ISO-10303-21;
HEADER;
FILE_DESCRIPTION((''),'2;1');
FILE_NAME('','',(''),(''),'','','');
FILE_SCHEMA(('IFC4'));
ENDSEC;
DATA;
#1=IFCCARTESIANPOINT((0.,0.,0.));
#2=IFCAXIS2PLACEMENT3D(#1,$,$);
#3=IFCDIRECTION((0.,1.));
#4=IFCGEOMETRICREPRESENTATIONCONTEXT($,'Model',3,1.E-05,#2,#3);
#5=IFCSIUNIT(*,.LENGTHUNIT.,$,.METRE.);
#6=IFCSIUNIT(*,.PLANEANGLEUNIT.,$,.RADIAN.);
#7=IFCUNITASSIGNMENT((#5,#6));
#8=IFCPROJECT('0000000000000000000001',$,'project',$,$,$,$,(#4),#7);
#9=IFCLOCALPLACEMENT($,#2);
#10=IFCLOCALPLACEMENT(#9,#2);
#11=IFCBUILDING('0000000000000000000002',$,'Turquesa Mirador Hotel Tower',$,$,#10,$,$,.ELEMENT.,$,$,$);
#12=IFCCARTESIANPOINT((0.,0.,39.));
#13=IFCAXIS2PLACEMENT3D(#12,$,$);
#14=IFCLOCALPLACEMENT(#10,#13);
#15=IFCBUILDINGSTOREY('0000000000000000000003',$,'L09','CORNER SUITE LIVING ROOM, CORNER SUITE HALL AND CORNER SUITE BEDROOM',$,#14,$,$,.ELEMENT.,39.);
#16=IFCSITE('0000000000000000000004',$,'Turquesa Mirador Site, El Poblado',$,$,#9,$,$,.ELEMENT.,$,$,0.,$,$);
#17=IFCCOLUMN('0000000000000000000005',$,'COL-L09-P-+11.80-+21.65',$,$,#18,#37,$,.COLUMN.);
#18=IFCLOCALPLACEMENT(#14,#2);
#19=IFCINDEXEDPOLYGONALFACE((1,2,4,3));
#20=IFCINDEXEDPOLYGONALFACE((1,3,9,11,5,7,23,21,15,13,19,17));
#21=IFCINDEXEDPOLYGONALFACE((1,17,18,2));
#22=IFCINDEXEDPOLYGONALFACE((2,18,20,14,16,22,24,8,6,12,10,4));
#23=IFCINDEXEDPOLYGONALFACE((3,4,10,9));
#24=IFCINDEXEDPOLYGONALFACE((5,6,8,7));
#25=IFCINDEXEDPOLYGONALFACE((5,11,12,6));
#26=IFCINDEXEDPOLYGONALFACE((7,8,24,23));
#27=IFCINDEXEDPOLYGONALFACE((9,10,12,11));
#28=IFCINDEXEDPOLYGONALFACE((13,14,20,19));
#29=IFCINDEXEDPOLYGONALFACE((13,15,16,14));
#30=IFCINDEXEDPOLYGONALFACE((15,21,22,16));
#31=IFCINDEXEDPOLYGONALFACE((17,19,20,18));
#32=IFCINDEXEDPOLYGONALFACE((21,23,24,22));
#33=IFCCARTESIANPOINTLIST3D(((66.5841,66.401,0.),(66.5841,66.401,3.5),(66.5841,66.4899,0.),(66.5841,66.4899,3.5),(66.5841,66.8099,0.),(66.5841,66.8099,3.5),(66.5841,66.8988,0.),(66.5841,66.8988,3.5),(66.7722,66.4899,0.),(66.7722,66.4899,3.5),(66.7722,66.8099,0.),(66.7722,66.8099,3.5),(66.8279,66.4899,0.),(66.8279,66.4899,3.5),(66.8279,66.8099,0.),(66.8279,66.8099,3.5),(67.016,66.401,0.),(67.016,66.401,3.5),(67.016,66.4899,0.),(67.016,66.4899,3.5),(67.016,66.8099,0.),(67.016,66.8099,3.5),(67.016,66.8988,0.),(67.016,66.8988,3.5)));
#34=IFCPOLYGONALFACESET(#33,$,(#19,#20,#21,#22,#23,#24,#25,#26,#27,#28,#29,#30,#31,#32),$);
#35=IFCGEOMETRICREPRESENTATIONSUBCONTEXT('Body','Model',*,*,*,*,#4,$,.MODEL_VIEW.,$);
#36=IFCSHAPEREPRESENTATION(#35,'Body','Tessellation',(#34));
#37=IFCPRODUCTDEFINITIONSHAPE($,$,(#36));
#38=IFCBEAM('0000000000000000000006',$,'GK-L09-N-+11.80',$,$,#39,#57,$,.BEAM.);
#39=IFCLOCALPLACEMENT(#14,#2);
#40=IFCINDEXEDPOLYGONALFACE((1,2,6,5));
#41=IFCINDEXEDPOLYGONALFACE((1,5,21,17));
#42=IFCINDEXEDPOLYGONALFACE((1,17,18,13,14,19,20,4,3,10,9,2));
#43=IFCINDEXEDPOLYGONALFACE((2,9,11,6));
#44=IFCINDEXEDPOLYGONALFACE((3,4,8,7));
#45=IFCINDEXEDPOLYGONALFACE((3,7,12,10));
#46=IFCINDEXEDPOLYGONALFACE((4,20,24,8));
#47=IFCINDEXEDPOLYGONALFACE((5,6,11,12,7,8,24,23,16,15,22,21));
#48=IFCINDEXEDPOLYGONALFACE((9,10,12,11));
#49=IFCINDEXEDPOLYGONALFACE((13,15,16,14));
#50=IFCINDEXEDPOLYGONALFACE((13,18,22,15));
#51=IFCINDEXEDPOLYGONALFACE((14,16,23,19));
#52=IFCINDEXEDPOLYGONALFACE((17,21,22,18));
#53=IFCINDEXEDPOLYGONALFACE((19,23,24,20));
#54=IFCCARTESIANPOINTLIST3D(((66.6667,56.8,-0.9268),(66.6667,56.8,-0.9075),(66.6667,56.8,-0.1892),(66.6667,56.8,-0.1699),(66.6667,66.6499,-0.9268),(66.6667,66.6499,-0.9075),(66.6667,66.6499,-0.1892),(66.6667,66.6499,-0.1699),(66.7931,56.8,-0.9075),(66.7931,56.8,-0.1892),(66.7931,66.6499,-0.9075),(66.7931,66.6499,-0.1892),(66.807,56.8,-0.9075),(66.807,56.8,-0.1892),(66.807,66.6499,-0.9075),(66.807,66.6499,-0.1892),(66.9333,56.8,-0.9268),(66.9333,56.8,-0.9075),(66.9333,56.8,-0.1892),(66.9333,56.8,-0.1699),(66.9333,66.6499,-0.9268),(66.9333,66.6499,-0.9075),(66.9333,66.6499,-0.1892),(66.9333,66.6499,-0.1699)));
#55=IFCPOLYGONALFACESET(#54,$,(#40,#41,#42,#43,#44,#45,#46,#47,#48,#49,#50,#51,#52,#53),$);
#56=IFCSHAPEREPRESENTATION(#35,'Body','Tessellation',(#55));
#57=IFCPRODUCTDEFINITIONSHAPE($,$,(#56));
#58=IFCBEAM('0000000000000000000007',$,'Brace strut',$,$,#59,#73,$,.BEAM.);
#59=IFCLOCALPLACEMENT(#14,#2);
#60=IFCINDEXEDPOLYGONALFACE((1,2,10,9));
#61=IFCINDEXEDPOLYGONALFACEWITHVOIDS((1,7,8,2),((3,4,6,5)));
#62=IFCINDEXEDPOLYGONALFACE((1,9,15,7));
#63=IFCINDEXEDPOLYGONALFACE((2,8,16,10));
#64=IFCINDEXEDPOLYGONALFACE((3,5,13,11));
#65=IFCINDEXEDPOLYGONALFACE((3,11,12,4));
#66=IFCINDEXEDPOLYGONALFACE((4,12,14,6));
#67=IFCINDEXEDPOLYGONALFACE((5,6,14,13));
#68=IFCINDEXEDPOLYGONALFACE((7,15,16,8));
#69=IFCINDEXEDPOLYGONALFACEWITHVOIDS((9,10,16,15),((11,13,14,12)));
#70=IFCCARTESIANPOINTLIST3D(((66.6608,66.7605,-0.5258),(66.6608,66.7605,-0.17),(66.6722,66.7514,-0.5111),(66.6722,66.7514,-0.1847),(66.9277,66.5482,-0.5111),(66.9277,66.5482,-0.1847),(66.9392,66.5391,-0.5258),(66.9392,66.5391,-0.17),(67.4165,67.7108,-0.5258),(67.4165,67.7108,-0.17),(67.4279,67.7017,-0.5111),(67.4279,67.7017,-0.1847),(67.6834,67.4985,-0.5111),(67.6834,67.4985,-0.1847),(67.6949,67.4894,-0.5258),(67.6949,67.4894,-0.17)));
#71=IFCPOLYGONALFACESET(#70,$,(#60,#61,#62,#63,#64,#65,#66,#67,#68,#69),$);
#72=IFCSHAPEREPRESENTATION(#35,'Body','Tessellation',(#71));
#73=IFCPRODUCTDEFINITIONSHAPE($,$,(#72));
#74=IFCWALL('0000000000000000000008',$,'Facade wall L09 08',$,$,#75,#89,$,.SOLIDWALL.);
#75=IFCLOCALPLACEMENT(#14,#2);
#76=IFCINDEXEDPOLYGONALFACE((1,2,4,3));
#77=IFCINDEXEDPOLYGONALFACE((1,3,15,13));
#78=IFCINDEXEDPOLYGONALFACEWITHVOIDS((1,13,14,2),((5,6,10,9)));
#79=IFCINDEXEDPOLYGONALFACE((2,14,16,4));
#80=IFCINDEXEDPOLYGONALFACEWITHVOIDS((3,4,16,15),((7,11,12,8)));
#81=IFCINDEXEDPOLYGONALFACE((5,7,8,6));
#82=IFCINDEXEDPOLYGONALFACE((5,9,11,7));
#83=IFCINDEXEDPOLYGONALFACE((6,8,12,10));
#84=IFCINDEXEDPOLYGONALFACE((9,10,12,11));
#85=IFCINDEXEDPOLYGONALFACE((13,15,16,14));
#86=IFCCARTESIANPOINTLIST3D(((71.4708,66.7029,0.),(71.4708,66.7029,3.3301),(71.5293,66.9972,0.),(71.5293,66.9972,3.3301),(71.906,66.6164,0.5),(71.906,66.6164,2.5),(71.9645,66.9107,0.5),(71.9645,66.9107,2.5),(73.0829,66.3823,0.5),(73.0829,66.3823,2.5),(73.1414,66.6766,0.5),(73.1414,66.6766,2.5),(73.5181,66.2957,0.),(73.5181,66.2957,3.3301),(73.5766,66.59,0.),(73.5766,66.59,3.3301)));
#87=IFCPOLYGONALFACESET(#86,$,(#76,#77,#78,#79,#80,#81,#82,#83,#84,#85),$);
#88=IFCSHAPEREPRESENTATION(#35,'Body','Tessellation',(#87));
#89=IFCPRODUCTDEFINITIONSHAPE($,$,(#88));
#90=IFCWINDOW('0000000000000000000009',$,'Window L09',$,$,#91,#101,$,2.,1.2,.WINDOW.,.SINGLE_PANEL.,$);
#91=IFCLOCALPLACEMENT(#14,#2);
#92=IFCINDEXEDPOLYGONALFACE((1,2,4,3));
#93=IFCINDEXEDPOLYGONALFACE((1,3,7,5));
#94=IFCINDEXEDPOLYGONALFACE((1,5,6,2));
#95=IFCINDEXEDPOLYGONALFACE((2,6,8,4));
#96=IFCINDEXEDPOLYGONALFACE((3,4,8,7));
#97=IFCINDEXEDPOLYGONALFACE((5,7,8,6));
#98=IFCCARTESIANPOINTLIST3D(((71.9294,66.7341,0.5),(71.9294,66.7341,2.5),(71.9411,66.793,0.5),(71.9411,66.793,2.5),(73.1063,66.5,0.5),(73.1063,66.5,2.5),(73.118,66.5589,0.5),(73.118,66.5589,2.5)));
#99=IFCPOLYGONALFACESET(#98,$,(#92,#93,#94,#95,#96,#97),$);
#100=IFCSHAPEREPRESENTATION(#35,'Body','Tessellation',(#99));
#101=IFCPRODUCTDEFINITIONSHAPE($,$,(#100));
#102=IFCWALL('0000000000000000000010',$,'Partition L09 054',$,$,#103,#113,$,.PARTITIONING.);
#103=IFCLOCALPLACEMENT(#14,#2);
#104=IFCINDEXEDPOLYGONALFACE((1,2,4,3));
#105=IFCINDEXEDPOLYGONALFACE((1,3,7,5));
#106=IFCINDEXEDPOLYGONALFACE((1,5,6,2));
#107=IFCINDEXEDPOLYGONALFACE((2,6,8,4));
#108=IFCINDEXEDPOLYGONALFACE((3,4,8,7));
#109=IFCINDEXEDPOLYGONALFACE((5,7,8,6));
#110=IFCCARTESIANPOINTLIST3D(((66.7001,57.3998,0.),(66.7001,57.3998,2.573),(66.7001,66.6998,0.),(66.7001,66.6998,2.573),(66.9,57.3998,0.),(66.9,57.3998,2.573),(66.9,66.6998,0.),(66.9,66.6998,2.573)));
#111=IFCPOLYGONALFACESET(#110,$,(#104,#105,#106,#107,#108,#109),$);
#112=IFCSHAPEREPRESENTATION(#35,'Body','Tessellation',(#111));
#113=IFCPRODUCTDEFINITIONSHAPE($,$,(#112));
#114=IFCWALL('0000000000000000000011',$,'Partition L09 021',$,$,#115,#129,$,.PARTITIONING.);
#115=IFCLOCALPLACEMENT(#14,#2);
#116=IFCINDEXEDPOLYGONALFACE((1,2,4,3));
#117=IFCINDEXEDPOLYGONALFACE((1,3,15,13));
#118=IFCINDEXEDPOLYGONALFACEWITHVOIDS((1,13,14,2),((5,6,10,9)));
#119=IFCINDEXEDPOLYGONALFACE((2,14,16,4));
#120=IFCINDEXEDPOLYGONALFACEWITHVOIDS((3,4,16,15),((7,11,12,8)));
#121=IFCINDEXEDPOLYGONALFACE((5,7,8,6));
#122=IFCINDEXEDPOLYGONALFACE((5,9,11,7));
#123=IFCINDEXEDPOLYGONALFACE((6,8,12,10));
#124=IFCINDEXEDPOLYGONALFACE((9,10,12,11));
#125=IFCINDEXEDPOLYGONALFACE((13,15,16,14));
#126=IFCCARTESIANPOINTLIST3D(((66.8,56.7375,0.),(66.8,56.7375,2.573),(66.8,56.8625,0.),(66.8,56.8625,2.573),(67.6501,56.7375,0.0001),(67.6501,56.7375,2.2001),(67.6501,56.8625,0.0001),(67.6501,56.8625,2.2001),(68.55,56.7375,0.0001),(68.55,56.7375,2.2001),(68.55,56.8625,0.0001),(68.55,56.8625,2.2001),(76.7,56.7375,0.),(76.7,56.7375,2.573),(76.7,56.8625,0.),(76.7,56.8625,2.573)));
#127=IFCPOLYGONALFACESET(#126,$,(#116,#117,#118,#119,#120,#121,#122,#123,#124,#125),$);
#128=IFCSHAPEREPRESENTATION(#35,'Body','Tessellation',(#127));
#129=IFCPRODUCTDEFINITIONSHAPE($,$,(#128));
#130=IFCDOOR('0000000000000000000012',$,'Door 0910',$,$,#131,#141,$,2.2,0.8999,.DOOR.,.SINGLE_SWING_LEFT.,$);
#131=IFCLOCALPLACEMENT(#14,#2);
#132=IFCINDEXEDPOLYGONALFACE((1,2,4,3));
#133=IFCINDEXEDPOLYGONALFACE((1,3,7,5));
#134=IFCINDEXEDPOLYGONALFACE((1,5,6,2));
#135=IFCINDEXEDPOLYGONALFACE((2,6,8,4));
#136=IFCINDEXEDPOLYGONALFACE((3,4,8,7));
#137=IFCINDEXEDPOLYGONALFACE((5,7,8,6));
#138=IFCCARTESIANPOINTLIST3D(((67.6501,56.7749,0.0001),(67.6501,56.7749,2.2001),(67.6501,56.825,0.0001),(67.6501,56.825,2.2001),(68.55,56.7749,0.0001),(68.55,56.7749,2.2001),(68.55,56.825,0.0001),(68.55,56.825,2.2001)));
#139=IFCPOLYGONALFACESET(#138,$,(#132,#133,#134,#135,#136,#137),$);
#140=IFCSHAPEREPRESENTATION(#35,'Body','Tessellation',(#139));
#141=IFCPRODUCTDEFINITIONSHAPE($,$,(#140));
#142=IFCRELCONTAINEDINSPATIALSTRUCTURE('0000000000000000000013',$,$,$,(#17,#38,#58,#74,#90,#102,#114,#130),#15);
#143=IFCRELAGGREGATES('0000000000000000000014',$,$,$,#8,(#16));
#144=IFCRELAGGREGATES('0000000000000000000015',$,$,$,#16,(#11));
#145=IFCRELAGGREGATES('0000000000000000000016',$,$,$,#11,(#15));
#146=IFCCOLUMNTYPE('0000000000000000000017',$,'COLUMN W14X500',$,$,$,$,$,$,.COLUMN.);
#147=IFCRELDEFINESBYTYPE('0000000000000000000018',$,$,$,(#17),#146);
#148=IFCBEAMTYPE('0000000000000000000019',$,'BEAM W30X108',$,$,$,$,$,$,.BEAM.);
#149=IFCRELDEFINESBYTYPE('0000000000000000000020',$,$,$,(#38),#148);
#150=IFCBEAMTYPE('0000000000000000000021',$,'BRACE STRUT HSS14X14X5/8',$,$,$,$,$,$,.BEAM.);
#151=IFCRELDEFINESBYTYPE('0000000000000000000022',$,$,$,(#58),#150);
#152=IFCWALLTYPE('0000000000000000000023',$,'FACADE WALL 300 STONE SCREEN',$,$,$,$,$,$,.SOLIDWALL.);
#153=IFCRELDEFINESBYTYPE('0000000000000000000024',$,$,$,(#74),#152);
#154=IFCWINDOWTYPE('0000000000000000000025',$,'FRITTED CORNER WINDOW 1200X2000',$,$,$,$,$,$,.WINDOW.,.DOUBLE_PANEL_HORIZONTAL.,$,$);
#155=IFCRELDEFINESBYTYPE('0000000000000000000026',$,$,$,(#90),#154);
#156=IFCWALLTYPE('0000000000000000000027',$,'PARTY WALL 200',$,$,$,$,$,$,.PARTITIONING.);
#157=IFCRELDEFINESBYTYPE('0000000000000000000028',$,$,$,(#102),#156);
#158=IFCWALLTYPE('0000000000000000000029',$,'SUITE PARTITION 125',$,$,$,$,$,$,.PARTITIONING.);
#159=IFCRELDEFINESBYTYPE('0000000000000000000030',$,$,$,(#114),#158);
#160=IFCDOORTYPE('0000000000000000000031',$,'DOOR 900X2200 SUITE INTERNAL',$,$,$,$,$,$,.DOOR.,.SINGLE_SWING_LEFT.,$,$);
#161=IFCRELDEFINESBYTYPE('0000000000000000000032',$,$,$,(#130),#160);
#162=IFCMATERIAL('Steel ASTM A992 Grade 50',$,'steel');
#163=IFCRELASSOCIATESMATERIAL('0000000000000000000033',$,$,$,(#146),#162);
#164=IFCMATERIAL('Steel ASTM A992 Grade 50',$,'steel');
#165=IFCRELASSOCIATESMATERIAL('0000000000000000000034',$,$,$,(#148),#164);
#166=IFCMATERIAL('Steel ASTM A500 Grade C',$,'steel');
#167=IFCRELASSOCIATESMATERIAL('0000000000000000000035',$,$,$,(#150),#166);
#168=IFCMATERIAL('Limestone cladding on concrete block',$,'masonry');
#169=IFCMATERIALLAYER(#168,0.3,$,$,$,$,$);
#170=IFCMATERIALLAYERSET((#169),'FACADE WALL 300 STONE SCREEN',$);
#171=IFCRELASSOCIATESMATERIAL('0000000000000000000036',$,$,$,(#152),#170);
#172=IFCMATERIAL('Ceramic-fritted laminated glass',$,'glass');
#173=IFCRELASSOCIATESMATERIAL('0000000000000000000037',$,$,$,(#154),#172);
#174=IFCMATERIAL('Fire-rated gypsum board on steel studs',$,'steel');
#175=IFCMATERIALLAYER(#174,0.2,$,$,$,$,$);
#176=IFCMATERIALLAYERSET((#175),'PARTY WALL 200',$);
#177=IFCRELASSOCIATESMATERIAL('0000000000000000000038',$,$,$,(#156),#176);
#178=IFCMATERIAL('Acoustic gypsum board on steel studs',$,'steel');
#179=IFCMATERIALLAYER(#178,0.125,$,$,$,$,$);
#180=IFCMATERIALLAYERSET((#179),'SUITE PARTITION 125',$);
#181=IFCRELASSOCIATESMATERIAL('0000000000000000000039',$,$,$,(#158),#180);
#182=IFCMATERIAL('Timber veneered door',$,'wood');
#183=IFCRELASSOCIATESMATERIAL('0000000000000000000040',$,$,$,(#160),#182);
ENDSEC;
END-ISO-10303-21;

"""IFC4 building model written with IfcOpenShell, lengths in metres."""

from ifc_helpers import new_model, si_unit, direction, frame, frame_2d, origin, origin_2d, place, context, subcontext, project, spatial, rectangle, hollow_rectangle, i_section, extrude, material, layer, layer_set, material_profile, profile_set, type_object, element, fill, save


model = new_model("IFC4")

# Units and contexts
model_context = context("Model", 3, precision=1e-05, world=origin(), true_north=direction((0.0, 1.0)))
body_context = subcontext(model_context, "Body", "Model", "MODEL_VIEW")
ifc_project = project(units=[si_unit("LENGTHUNIT", "METRE"), si_unit("PLANEANGLEUNIT", "RADIAN")], contexts=[model_context])

# Site, building, storey
site_placement = place(None, origin())
site = spatial("IfcSite", under=ifc_project, at=site_placement, Name="Turquesa Mirador Site, El Poblado", CompositionType="ELEMENT", RefElevation=0.0)
building_placement = place(site_placement, origin())
building = spatial("IfcBuilding", under=site, at=building_placement, Name="Turquesa Mirador Hotel Tower", CompositionType="ELEMENT")
storey_placement = place(building_placement, frame((0.0, 0.0, 39.0)))
storey = spatial("IfcBuildingStorey", under=building, at=storey_placement, Name="L09", Description="CORNER SUITE LIVING ROOM, CORNER SUITE HALL AND CORNER SUITE BEDROOM", CompositionType="ELEMENT", Elevation=39.0)

# Column
ifc_material_1 = material(Name="Steel ASTM A992 Grade 50", Category="steel")
ifc_material_profile_1 = material_profile(ifc_material_1, i_section(OverallWidth=0.4319, OverallDepth=0.4978, WebThickness=0.0557, FlangeThickness=0.0889, at=origin_2d()), Name="W14X500")
ifc_profile_set_1 = profile_set([ifc_material_profile_1], Name="Steel ASTM A992 Grade 50")
column_type = type_object("IfcColumnType", Name="COLUMN W14X500", PredefinedType="COLUMN", material=ifc_profile_set_1)
column_placement = place(storey_placement, frame((66.8, 66.6499, 0.0), z_axis=(0.0, 0.0, 1.0), x_axis=(1.0, 0.0, 0.0)))
element("IfcColumn", 1, at=column_placement, inside=storey, type_object=column_type, Name="COL-L09-P-+11.80-+21.65", PredefinedType="COLUMN", context=body_context, shape_type="SweptSolid", body=[
    extrude(i_section(OverallWidth=0.4319, OverallDepth=0.4978, WebThickness=0.0557, FlangeThickness=0.0889, at=origin_2d()), origin(), (0.0, 0.0, 1.0), 3.5),
])

# Beams
ifc_material_2 = material(Name="Steel ASTM A992 Grade 50", Category="steel")
ifc_material_profile_2 = material_profile(ifc_material_2, i_section(OverallWidth=0.2666, OverallDepth=0.7568, WebThickness=0.0139, FlangeThickness=0.0193, at=origin_2d()), Name="W30X108")
ifc_profile_set_2 = profile_set([ifc_material_profile_2], Name="Steel ASTM A992 Grade 50")
beam_type_1 = type_object("IfcBeamType", Name="BEAM W30X108", PredefinedType="BEAM", material=ifc_profile_set_2)
beam_1_placement = place(storey_placement, frame((66.8, 66.6499, -0.5483), z_axis=(0.0, -1.0, 0.0), x_axis=(1.0, 0.0, 0.0)))
element("IfcBeam", 2, at=beam_1_placement, inside=storey, type_object=beam_type_1, Name="GK-L09-N-+11.80", PredefinedType="BEAM", context=body_context, shape_type="SweptSolid", body=[
    extrude(i_section(OverallWidth=0.2666, OverallDepth=0.7568, WebThickness=0.0139, FlangeThickness=0.0193, at=origin_2d()), origin(), (0.0, 0.0, 1.0), 9.8499),
])
ifc_material_3 = material(Name="Steel ASTM A500 Grade C", Category="steel")
ifc_material_profile_3 = material_profile(ifc_material_3, hollow_rectangle(XDim=0.3557, YDim=0.3557, WallThickness=0.0146, at=origin_2d()), Name="HSS14X14X5/8")
ifc_profile_set_3 = profile_set([ifc_material_profile_3], Name="Steel ASTM A500 Grade C")
beam_type_2 = type_object("IfcBeamType", Name="BRACE STRUT HSS14X14X5/8", PredefinedType="BEAM", material=ifc_profile_set_3)
beam_2_placement = place(storey_placement, frame((67.5557, 67.6001, -0.3479), z_axis=(-0.622412, -0.78269, 0.0), x_axis=(0.78269, -0.622412, 0.0)))
element("IfcBeam", 3, at=beam_2_placement, inside=storey, type_object=beam_type_2, Name="Brace strut", PredefinedType="BEAM", context=body_context, shape_type="SweptSolid", body=[
    extrude(hollow_rectangle(XDim=0.3557, YDim=0.3557, WallThickness=0.0146, at=origin_2d()), origin(), (0.0, 0.0, 1.0), 1.2141),
])

# Wall, opening, window
ifc_material_4 = material(Name="Limestone cladding on concrete block", Category="masonry")
ifc_layer_1 = layer(ifc_material_4, 0.3)
ifc_layer_set_1 = layer_set([ifc_layer_1], Name="FACADE WALL 300 STONE SCREEN")
wall_type_1 = type_object("IfcWallType", Name="FACADE WALL 300 STONE SCREEN", PredefinedType="SOLIDWALL", material=ifc_layer_set_1)
wall_1_placement = place(storey_placement, frame((73.5474, 66.4429, 0.0), z_axis=(0.0, 0.0, 1.0), x_axis=(-0.980787, 0.195081, 0.0)))
wall_1 = element("IfcWall", 4, at=wall_1_placement, inside=storey, type_object=wall_type_1, Name="Facade wall L09 08", PredefinedType="SOLIDWALL", context=body_context, shape_type="SweptSolid", body=[
    extrude(rectangle(XDim=2.0874, YDim=0.3, at=frame_2d((1.0437, 0.0))), origin(), (0.0, 0.0, 1.0), 3.3301),
])
opening_1_placement = place(wall_1_placement, frame((0.4436, 0.0, 0.5)))
opening_1 = element("IfcOpeningElement", 5, at=opening_1_placement, cuts=wall_1, PredefinedType="OPENING", context=body_context, shape_type="SweptSolid", body=[
    extrude(rectangle(XDim=1.2, YDim=2.0, at=frame_2d((0.6001, 1.0))), frame((0.0, 0.1599, 0.0), z_axis=(0.0, -1.0, 0.0), x_axis=(1.0, 0.0, 0.0)), (0.0, 0.0, 1.0), 0.3201),
])
ifc_material_5 = material(Name="Ceramic-fritted laminated glass", Category="glass")
window_type_1 = type_object("IfcWindowType", Name="FRITTED CORNER WINDOW 1200X2000", PartitioningType="DOUBLE_PANEL_HORIZONTAL", PredefinedType="WINDOW", material=ifc_material_5)
window_1_placement = place(opening_1_placement, origin())
window_1 = element("IfcWindow", 6, at=window_1_placement, inside=storey, type_object=window_type_1, Name="Window L09", OverallHeight=2.0, OverallWidth=1.2, PartitioningType="SINGLE_PANEL", PredefinedType="WINDOW", context=body_context, shape_type="SweptSolid", body=[
    extrude(rectangle(XDim=1.2, YDim=2.0, at=frame_2d((0.6001, 1.0))), frame((0.0, 0.03, 0.0), z_axis=(0.0, -1.0, 0.0), x_axis=(1.0, 0.0, 0.0)), (0.0, 0.0, 1.0), 0.0601),
])
fill(opening_1, window_1)

# Wall
ifc_material_6 = material(Name="Fire-rated gypsum board on steel studs", Category="steel")
ifc_layer_2 = layer(ifc_material_6, 0.2)
ifc_layer_set_2 = layer_set([ifc_layer_2], Name="PARTY WALL 200")
wall_type_2 = type_object("IfcWallType", Name="PARTY WALL 200", PredefinedType="PARTITIONING", material=ifc_layer_set_2)
wall_2_placement = place(storey_placement, frame((66.8, 57.3999, 0.0), z_axis=(0.0, 0.0, 1.0), x_axis=(0.0, 1.0, 0.0)))
element("IfcWall", 7, at=wall_2_placement, inside=storey, type_object=wall_type_2, Name="Partition L09 054", PredefinedType="PARTITIONING", context=body_context, shape_type="SweptSolid", body=[
    extrude(rectangle(XDim=9.3, YDim=0.2, at=frame_2d((4.6499, 0.0))), origin(), (0.0, 0.0, 1.0), 2.573),
])

# Wall, opening, door
ifc_material_7 = material(Name="Acoustic gypsum board on steel studs", Category="steel")
ifc_layer_3 = layer(ifc_material_7, 0.125)
ifc_layer_set_3 = layer_set([ifc_layer_3], Name="SUITE PARTITION 125")
wall_type_3 = type_object("IfcWallType", Name="SUITE PARTITION 125", PredefinedType="PARTITIONING", material=ifc_layer_set_3)
wall_3_placement = place(storey_placement, frame((66.8, 56.8, 0.0), z_axis=(0.0, 0.0, 1.0), x_axis=(1.0, 0.0, 0.0)))
wall_3 = element("IfcWall", 8, at=wall_3_placement, inside=storey, type_object=wall_type_3, Name="Partition L09 021", PredefinedType="PARTITIONING", context=body_context, shape_type="SweptSolid", body=[
    extrude(rectangle(XDim=9.8999, YDim=0.125, at=frame_2d((4.95, 0.0))), origin(), (0.0, 0.0, 1.0), 2.573),
])
opening_2_placement = place(wall_3_placement, frame((0.8501, 0.0, 0.0)))
opening_2 = element("IfcOpeningElement", 9, at=opening_2_placement, cuts=wall_3, PredefinedType="OPENING", context=body_context, shape_type="SweptSolid", body=[
    extrude(rectangle(XDim=0.8999, YDim=2.2, at=frame_2d((0.45, 1.1001))), frame((0.0, 0.0725, 0.0), z_axis=(0.0, -1.0, 0.0), x_axis=(1.0, 0.0, 0.0)), (0.0, 0.0, 1.0), 0.145),
])
ifc_material_8 = material(Name="Timber veneered door", Category="wood")
door_type = type_object("IfcDoorType", Name="DOOR 900X2200 SUITE INTERNAL", OperationType="SINGLE_SWING_LEFT", PredefinedType="DOOR", material=ifc_material_8)
door_1_placement = place(opening_2_placement, origin())
door_1 = element("IfcDoor", 10, at=door_1_placement, inside=storey, type_object=door_type, Name="Door 0910", OperationType="SINGLE_SWING_LEFT", OverallHeight=2.2, OverallWidth=0.8999, PredefinedType="DOOR", context=body_context, shape_type="SweptSolid", body=[
    extrude(rectangle(XDim=0.8999, YDim=2.2, at=frame_2d((0.45, 1.1001))), frame((0.0, 0.0249, 0.0), z_axis=(0.0, -1.0, 0.0), x_axis=(1.0, 0.0, 0.0)), (0.0, 0.0, 1.0), 0.05),
])
fill(opening_2, door_1)

save(model, "model.ifc")
